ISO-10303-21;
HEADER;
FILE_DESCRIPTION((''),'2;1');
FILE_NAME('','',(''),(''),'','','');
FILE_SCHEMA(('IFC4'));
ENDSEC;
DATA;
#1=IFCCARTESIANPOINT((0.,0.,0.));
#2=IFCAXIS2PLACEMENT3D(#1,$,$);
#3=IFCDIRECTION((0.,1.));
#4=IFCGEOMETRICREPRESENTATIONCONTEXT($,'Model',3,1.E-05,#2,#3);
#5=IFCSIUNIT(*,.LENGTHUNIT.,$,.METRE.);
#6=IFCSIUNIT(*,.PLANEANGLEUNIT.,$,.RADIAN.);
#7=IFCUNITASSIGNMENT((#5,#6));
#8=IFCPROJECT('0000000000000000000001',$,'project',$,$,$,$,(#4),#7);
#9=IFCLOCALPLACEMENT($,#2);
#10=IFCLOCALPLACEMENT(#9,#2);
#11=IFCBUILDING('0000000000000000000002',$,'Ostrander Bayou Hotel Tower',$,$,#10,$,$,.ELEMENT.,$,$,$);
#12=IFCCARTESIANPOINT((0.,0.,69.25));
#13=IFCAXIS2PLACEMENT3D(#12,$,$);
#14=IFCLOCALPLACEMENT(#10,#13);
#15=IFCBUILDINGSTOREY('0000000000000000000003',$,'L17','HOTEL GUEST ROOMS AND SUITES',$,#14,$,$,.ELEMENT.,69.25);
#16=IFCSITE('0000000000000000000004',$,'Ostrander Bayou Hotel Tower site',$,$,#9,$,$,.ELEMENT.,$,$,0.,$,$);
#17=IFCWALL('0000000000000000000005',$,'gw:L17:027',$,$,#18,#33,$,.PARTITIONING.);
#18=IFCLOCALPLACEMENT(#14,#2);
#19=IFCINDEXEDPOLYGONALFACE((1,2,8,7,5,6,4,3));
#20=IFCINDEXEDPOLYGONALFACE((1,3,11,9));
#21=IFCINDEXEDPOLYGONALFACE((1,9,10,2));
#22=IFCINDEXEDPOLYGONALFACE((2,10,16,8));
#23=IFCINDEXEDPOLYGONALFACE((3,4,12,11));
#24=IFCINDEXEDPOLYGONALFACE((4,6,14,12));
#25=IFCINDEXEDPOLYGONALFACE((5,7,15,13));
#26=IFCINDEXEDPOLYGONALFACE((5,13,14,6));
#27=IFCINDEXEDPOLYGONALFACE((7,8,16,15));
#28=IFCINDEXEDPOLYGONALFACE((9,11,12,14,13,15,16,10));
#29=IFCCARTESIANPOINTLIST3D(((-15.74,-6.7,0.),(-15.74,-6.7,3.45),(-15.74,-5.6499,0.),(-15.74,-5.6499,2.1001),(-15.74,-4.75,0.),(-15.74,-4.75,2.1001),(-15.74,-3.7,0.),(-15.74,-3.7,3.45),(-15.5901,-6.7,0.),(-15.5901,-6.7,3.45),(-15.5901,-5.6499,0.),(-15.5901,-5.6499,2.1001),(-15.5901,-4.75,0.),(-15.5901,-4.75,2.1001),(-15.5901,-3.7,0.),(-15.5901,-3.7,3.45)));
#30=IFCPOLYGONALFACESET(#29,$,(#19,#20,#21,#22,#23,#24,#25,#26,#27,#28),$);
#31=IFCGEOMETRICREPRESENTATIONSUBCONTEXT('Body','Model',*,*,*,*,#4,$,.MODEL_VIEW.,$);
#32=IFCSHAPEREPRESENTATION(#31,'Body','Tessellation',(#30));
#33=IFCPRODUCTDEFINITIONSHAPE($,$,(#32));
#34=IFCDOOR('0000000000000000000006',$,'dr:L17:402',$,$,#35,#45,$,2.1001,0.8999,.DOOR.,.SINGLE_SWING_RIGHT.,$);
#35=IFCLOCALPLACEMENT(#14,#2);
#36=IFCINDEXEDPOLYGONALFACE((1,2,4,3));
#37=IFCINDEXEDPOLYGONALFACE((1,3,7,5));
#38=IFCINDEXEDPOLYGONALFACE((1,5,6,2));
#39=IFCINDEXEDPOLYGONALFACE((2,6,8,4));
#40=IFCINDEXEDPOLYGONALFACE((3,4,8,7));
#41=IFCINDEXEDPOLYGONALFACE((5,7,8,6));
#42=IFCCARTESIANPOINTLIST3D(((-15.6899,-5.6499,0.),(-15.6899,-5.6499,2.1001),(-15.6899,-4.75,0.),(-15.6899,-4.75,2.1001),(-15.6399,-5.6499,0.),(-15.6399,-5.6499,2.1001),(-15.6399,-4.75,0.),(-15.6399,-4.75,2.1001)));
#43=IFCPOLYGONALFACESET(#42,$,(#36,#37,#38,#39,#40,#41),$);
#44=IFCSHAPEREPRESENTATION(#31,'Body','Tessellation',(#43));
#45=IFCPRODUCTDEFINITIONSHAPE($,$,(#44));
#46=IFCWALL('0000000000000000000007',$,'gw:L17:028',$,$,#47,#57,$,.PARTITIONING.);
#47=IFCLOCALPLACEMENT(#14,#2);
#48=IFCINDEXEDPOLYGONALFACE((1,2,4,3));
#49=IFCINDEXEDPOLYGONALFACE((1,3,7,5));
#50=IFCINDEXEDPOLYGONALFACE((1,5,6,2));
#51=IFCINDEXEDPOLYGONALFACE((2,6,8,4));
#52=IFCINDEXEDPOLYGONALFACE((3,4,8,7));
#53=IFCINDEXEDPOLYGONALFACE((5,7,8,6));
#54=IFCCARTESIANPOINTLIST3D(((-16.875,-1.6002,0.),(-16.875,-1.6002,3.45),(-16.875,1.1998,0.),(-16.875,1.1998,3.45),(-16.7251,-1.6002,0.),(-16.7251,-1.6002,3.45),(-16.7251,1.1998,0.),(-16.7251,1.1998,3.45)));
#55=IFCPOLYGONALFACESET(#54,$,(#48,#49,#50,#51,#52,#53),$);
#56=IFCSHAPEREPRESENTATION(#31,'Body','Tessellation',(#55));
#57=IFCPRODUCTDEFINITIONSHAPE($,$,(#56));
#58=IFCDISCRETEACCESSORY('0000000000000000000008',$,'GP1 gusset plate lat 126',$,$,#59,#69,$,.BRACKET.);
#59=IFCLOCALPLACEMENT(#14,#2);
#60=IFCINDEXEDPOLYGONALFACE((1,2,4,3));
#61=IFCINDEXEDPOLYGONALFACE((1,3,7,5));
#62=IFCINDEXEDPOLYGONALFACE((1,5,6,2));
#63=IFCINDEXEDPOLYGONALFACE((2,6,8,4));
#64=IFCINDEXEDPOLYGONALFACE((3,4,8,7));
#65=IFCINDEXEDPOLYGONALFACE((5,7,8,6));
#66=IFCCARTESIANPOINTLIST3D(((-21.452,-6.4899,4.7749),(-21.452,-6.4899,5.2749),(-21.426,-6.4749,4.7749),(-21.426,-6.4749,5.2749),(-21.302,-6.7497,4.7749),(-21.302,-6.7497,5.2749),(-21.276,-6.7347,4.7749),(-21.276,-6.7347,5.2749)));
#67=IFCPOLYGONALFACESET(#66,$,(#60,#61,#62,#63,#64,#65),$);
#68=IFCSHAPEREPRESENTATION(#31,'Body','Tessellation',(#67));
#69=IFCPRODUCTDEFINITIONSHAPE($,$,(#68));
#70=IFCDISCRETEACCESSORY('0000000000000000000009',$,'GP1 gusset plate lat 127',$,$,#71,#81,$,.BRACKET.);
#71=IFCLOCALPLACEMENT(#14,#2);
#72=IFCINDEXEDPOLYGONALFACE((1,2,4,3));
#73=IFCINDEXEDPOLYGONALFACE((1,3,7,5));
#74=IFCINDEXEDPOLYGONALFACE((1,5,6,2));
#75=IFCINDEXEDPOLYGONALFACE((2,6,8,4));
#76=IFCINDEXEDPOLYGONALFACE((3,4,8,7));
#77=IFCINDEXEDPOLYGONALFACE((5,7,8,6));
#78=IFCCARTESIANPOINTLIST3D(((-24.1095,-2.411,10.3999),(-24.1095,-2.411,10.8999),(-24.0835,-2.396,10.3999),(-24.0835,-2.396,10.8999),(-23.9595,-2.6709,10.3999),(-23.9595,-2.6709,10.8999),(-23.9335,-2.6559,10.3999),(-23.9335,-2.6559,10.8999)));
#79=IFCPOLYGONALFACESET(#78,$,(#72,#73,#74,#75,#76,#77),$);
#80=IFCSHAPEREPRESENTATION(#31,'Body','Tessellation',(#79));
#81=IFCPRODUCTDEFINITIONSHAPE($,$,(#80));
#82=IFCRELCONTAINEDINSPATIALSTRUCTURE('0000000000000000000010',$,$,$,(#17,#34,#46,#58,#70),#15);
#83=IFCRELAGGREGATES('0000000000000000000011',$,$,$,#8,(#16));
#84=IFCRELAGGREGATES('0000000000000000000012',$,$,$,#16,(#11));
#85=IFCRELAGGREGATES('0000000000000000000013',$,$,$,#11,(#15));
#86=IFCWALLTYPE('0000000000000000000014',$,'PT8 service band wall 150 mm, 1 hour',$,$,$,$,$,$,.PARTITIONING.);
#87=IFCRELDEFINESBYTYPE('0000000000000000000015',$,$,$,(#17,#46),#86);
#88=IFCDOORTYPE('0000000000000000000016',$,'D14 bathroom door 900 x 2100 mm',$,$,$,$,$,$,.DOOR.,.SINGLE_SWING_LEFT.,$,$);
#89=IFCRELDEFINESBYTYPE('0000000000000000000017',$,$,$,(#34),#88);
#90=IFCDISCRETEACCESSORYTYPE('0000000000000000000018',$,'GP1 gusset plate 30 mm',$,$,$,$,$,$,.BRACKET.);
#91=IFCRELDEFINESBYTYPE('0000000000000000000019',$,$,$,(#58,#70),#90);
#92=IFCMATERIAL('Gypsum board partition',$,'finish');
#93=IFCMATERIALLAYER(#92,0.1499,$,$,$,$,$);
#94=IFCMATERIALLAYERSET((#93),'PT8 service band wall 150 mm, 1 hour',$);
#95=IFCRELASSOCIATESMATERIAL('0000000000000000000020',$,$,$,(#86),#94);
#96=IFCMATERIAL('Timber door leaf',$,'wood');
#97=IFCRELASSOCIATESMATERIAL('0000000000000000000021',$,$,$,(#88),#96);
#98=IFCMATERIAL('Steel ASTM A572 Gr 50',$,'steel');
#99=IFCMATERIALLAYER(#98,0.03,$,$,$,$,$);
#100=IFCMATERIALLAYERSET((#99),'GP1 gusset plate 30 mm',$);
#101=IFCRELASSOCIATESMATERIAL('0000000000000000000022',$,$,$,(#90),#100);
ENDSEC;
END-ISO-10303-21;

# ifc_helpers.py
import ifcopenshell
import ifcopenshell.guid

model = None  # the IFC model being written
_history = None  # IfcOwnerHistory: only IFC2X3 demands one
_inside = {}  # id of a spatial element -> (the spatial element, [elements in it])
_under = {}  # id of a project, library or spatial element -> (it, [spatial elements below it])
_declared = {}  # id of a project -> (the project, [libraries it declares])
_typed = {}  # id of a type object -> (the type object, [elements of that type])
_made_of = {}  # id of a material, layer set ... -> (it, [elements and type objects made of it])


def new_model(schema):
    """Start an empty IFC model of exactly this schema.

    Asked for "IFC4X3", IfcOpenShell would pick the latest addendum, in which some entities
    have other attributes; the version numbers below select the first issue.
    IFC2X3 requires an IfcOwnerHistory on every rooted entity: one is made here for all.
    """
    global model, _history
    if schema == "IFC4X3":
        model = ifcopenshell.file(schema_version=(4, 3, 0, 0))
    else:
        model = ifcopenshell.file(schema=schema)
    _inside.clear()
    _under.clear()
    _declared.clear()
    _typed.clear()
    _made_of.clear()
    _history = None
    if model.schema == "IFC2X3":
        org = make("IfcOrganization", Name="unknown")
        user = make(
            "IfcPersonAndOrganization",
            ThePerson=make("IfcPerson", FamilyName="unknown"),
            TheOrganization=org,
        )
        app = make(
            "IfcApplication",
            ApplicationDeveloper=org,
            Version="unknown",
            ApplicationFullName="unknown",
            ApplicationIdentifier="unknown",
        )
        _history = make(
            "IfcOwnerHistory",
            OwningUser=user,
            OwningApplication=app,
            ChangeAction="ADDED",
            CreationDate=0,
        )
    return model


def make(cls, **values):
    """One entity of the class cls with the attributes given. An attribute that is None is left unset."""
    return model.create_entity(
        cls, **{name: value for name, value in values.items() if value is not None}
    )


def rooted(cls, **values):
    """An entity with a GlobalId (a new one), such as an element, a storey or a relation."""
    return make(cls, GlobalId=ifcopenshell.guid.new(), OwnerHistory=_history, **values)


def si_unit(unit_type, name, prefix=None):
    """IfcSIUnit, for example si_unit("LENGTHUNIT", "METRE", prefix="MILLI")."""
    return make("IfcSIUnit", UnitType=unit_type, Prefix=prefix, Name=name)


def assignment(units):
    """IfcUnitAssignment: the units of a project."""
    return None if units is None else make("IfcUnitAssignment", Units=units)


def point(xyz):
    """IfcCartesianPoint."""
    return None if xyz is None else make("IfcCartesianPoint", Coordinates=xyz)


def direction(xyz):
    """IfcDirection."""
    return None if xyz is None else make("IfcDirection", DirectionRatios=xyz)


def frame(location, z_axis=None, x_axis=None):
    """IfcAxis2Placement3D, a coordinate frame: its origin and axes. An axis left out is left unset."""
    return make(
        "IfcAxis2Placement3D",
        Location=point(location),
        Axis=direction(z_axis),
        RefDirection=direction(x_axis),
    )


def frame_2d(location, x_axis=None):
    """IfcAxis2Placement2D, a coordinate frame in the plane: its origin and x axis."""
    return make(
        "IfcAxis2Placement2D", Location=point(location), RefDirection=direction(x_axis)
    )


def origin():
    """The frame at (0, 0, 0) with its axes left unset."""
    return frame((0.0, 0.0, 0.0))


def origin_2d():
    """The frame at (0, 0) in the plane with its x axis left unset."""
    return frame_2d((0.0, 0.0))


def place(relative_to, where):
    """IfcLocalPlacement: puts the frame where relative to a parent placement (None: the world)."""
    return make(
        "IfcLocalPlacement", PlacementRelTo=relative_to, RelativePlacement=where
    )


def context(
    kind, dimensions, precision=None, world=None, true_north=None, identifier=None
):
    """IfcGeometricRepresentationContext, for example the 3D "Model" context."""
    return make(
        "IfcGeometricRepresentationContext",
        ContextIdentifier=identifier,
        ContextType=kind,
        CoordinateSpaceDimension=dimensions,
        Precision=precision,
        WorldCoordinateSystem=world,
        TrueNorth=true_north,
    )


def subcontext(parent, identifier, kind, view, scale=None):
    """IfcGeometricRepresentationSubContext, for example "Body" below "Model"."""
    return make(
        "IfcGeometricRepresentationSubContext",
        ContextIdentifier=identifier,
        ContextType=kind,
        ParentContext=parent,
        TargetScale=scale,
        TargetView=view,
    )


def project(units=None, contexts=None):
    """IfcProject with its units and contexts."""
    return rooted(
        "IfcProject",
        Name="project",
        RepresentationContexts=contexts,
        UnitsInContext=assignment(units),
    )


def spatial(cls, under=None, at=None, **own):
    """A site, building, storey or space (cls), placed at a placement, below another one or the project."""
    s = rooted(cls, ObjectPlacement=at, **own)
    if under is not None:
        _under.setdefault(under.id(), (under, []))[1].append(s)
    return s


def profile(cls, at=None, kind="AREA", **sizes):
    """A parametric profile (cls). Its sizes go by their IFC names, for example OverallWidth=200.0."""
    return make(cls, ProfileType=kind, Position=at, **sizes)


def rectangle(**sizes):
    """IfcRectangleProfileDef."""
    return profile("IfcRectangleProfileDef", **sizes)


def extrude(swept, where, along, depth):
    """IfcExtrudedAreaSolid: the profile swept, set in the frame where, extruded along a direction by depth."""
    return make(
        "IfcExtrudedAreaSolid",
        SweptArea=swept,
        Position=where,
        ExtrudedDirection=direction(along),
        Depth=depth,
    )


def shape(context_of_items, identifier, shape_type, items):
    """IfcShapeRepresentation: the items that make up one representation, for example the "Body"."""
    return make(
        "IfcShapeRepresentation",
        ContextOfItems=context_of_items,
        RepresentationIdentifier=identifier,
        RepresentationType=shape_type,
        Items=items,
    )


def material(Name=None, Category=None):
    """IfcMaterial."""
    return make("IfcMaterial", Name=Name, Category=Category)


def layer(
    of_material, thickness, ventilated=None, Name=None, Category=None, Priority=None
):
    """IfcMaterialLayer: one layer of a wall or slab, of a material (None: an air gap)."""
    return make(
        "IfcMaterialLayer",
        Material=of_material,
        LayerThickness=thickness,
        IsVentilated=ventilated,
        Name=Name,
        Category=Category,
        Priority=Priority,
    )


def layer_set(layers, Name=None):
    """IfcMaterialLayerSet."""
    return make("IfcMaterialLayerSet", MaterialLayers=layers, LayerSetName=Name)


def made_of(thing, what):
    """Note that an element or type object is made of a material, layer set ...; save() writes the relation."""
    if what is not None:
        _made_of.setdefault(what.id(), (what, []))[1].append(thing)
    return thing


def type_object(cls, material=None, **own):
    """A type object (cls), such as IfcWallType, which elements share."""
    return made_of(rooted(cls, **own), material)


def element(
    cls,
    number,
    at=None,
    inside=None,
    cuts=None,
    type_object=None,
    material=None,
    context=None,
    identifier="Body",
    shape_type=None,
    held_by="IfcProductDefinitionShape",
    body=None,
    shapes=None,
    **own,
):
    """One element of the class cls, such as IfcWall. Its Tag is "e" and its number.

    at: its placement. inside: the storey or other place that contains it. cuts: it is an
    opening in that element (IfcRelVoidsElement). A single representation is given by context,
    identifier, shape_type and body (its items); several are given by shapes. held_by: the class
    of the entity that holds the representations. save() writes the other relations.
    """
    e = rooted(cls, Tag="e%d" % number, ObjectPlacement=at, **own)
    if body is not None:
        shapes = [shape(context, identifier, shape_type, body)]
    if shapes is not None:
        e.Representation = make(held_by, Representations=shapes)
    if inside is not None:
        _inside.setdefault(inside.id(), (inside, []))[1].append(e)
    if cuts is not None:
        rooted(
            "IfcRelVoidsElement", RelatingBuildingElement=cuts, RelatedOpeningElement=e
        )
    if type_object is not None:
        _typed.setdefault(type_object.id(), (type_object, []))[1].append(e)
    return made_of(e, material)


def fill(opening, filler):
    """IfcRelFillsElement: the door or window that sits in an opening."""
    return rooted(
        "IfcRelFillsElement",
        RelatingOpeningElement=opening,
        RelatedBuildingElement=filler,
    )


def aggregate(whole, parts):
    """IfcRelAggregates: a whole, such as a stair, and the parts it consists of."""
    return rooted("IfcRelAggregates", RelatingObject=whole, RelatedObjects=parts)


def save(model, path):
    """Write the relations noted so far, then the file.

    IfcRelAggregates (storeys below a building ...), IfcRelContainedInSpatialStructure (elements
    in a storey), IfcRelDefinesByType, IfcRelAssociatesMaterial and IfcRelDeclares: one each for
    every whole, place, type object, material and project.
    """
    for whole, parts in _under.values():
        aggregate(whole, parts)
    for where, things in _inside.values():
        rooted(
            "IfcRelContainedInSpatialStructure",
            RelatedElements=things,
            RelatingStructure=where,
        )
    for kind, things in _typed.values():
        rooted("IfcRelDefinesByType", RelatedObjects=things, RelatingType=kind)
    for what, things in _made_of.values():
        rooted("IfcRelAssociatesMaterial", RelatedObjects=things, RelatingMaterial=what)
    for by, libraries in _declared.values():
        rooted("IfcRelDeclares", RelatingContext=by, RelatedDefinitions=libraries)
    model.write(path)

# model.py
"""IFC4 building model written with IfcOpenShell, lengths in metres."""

from ifc_helpers import new_model, si_unit, direction, frame, frame_2d, origin, origin_2d, place, context, subcontext, project, spatial, rectangle, extrude, material, layer, layer_set, type_object, element, fill, save


model = new_model("IFC4")

# Units and contexts
model_context = context("Model", 3, precision=1e-05, world=origin(), true_north=direction((0.0, 1.0)))
body_context = subcontext(model_context, "Body", "Model", "MODEL_VIEW")
ifc_project = project(units=[si_unit("LENGTHUNIT", "METRE"), si_unit("PLANEANGLEUNIT", "RADIAN")], contexts=[model_context])

# Site, building, storey
site_placement = place(None, origin())
site = spatial("IfcSite", under=ifc_project, at=site_placement, Name="Ostrander Bayou Hotel Tower site", CompositionType="ELEMENT", RefElevation=0.0)
building_placement = place(site_placement, origin())
building = spatial("IfcBuilding", under=site, at=building_placement, Name="Ostrander Bayou Hotel Tower", CompositionType="ELEMENT")
storey_placement = place(building_placement, frame((0.0, 0.0, 69.25)))
storey = spatial("IfcBuildingStorey", under=building, at=storey_placement, Name="L17", Description="HOTEL GUEST ROOMS AND SUITES", CompositionType="ELEMENT", Elevation=69.25)

# Shared definitions
ifc_material_1 = material(Name="Gypsum board partition", Category="finish")
ifc_layer_1 = layer(ifc_material_1, 0.1499)
ifc_layer_set_1 = layer_set([ifc_layer_1], Name="PT8 service band wall 150 mm, 1 hour")
wall_type_1 = type_object("IfcWallType", Name="PT8 service band wall 150 mm, 1 hour", PredefinedType="PARTITIONING", material=ifc_layer_set_1)

# Wall, opening, door
wall_1_placement = place(storey_placement, frame((-15.665, -6.7, 0.0), z_axis=(0.0, 0.0, 1.0), x_axis=(0.0, 1.0, 0.0)))
wall_1 = element("IfcWall", 1, at=wall_1_placement, inside=storey, type_object=wall_type_1, Name="gw:L17:027", PredefinedType="PARTITIONING", context=body_context, shape_type="SweptSolid", body=[
    extrude(rectangle(XDim=3.0, YDim=0.1499, at=frame_2d((1.5, 0.0))), origin(), (0.0, 0.0, 1.0), 3.45),
])
opening_1_placement = place(wall_1_placement, frame((1.05, 0.0, 0.0)))
opening_1 = element("IfcOpeningElement", 2, at=opening_1_placement, cuts=wall_1, PredefinedType="OPENING", context=body_context, shape_type="SweptSolid", body=[
    extrude(rectangle(XDim=0.8999, YDim=2.1001, at=frame_2d((0.45, 1.05))), frame((0.0, 0.075, 0.0), z_axis=(0.0, -1.0, 0.0), x_axis=(1.0, 0.0, 0.0)), (0.0, 0.0, 1.0), 0.1499),
])
ifc_material_2 = material(Name="Timber door leaf", Category="wood")
door_type_1 = type_object("IfcDoorType", Name="D14 bathroom door 900 x 2100 mm", OperationType="SINGLE_SWING_LEFT", PredefinedType="DOOR", material=ifc_material_2)
door_1_placement = place(opening_1_placement, origin())
door_1 = element("IfcDoor", 3, at=door_1_placement, inside=storey, type_object=door_type_1, Name="dr:L17:402", OperationType="SINGLE_SWING_RIGHT", OverallHeight=2.1001, OverallWidth=0.8999, PredefinedType="DOOR", context=body_context, shape_type="SweptSolid", body=[
    extrude(rectangle(XDim=0.8999, YDim=2.1001, at=frame_2d((0.45, 1.05))), frame((0.0, 0.0249, 0.0), z_axis=(0.0, -1.0, 0.0), x_axis=(1.0, 0.0, 0.0)), (0.0, 0.0, 1.0), 0.05),
])
fill(opening_1, door_1)

# Wall
wall_2_placement = place(storey_placement, frame((-16.8, -1.6001, 0.0), z_axis=(0.0, 0.0, 1.0), x_axis=(0.0, 1.0, 0.0)))
element("IfcWall", 4, at=wall_2_placement, inside=storey, type_object=wall_type_1, Name="gw:L17:028", PredefinedType="PARTITIONING", context=body_context, shape_type="SweptSolid", body=[
    extrude(rectangle(XDim=2.8, YDim=0.1499, at=frame_2d((1.3999, 0.0))), origin(), (0.0, 0.0, 1.0), 3.45),
])

# Discrete accessories
ifc_material_3 = material(Name="Steel ASTM A572 Gr 50", Category="steel")
ifc_layer_2 = layer(ifc_material_3, 0.03)
ifc_layer_set_2 = layer_set([ifc_layer_2], Name="GP1 gusset plate 30 mm")
discrete_accessory_type = type_object("IfcDiscreteAccessoryType", Name="GP1 gusset plate 30 mm", PredefinedType="BRACKET", material=ifc_layer_set_2)
for number, where, z_axis, x_axis, name in (
    (5, (-21.364, -6.6123, 4.7749), (0.0, 0.0, 1.0), (0.5, -0.866025, 0.0), "GP1 gusset plate lat 126"),
    (6, (-24.0215, -2.5334, 10.3999), (0.0, 0.0, 1.0), (0.5, -0.866025, 0.0), "GP1 gusset plate lat 127"),
):
    element("IfcDiscreteAccessory", number, at=place(storey_placement, frame(where, z_axis=z_axis, x_axis=x_axis)), inside=storey, type_object=discrete_accessory_type, Name=name, PredefinedType="BRACKET", context=body_context, shape_type="SweptSolid", body=[
        extrude(rectangle(XDim=0.3, YDim=0.03, at=origin_2d()), origin(), (0.0, 0.0, 1.0), 0.5),
    ])

save(model, "model.ifc")
